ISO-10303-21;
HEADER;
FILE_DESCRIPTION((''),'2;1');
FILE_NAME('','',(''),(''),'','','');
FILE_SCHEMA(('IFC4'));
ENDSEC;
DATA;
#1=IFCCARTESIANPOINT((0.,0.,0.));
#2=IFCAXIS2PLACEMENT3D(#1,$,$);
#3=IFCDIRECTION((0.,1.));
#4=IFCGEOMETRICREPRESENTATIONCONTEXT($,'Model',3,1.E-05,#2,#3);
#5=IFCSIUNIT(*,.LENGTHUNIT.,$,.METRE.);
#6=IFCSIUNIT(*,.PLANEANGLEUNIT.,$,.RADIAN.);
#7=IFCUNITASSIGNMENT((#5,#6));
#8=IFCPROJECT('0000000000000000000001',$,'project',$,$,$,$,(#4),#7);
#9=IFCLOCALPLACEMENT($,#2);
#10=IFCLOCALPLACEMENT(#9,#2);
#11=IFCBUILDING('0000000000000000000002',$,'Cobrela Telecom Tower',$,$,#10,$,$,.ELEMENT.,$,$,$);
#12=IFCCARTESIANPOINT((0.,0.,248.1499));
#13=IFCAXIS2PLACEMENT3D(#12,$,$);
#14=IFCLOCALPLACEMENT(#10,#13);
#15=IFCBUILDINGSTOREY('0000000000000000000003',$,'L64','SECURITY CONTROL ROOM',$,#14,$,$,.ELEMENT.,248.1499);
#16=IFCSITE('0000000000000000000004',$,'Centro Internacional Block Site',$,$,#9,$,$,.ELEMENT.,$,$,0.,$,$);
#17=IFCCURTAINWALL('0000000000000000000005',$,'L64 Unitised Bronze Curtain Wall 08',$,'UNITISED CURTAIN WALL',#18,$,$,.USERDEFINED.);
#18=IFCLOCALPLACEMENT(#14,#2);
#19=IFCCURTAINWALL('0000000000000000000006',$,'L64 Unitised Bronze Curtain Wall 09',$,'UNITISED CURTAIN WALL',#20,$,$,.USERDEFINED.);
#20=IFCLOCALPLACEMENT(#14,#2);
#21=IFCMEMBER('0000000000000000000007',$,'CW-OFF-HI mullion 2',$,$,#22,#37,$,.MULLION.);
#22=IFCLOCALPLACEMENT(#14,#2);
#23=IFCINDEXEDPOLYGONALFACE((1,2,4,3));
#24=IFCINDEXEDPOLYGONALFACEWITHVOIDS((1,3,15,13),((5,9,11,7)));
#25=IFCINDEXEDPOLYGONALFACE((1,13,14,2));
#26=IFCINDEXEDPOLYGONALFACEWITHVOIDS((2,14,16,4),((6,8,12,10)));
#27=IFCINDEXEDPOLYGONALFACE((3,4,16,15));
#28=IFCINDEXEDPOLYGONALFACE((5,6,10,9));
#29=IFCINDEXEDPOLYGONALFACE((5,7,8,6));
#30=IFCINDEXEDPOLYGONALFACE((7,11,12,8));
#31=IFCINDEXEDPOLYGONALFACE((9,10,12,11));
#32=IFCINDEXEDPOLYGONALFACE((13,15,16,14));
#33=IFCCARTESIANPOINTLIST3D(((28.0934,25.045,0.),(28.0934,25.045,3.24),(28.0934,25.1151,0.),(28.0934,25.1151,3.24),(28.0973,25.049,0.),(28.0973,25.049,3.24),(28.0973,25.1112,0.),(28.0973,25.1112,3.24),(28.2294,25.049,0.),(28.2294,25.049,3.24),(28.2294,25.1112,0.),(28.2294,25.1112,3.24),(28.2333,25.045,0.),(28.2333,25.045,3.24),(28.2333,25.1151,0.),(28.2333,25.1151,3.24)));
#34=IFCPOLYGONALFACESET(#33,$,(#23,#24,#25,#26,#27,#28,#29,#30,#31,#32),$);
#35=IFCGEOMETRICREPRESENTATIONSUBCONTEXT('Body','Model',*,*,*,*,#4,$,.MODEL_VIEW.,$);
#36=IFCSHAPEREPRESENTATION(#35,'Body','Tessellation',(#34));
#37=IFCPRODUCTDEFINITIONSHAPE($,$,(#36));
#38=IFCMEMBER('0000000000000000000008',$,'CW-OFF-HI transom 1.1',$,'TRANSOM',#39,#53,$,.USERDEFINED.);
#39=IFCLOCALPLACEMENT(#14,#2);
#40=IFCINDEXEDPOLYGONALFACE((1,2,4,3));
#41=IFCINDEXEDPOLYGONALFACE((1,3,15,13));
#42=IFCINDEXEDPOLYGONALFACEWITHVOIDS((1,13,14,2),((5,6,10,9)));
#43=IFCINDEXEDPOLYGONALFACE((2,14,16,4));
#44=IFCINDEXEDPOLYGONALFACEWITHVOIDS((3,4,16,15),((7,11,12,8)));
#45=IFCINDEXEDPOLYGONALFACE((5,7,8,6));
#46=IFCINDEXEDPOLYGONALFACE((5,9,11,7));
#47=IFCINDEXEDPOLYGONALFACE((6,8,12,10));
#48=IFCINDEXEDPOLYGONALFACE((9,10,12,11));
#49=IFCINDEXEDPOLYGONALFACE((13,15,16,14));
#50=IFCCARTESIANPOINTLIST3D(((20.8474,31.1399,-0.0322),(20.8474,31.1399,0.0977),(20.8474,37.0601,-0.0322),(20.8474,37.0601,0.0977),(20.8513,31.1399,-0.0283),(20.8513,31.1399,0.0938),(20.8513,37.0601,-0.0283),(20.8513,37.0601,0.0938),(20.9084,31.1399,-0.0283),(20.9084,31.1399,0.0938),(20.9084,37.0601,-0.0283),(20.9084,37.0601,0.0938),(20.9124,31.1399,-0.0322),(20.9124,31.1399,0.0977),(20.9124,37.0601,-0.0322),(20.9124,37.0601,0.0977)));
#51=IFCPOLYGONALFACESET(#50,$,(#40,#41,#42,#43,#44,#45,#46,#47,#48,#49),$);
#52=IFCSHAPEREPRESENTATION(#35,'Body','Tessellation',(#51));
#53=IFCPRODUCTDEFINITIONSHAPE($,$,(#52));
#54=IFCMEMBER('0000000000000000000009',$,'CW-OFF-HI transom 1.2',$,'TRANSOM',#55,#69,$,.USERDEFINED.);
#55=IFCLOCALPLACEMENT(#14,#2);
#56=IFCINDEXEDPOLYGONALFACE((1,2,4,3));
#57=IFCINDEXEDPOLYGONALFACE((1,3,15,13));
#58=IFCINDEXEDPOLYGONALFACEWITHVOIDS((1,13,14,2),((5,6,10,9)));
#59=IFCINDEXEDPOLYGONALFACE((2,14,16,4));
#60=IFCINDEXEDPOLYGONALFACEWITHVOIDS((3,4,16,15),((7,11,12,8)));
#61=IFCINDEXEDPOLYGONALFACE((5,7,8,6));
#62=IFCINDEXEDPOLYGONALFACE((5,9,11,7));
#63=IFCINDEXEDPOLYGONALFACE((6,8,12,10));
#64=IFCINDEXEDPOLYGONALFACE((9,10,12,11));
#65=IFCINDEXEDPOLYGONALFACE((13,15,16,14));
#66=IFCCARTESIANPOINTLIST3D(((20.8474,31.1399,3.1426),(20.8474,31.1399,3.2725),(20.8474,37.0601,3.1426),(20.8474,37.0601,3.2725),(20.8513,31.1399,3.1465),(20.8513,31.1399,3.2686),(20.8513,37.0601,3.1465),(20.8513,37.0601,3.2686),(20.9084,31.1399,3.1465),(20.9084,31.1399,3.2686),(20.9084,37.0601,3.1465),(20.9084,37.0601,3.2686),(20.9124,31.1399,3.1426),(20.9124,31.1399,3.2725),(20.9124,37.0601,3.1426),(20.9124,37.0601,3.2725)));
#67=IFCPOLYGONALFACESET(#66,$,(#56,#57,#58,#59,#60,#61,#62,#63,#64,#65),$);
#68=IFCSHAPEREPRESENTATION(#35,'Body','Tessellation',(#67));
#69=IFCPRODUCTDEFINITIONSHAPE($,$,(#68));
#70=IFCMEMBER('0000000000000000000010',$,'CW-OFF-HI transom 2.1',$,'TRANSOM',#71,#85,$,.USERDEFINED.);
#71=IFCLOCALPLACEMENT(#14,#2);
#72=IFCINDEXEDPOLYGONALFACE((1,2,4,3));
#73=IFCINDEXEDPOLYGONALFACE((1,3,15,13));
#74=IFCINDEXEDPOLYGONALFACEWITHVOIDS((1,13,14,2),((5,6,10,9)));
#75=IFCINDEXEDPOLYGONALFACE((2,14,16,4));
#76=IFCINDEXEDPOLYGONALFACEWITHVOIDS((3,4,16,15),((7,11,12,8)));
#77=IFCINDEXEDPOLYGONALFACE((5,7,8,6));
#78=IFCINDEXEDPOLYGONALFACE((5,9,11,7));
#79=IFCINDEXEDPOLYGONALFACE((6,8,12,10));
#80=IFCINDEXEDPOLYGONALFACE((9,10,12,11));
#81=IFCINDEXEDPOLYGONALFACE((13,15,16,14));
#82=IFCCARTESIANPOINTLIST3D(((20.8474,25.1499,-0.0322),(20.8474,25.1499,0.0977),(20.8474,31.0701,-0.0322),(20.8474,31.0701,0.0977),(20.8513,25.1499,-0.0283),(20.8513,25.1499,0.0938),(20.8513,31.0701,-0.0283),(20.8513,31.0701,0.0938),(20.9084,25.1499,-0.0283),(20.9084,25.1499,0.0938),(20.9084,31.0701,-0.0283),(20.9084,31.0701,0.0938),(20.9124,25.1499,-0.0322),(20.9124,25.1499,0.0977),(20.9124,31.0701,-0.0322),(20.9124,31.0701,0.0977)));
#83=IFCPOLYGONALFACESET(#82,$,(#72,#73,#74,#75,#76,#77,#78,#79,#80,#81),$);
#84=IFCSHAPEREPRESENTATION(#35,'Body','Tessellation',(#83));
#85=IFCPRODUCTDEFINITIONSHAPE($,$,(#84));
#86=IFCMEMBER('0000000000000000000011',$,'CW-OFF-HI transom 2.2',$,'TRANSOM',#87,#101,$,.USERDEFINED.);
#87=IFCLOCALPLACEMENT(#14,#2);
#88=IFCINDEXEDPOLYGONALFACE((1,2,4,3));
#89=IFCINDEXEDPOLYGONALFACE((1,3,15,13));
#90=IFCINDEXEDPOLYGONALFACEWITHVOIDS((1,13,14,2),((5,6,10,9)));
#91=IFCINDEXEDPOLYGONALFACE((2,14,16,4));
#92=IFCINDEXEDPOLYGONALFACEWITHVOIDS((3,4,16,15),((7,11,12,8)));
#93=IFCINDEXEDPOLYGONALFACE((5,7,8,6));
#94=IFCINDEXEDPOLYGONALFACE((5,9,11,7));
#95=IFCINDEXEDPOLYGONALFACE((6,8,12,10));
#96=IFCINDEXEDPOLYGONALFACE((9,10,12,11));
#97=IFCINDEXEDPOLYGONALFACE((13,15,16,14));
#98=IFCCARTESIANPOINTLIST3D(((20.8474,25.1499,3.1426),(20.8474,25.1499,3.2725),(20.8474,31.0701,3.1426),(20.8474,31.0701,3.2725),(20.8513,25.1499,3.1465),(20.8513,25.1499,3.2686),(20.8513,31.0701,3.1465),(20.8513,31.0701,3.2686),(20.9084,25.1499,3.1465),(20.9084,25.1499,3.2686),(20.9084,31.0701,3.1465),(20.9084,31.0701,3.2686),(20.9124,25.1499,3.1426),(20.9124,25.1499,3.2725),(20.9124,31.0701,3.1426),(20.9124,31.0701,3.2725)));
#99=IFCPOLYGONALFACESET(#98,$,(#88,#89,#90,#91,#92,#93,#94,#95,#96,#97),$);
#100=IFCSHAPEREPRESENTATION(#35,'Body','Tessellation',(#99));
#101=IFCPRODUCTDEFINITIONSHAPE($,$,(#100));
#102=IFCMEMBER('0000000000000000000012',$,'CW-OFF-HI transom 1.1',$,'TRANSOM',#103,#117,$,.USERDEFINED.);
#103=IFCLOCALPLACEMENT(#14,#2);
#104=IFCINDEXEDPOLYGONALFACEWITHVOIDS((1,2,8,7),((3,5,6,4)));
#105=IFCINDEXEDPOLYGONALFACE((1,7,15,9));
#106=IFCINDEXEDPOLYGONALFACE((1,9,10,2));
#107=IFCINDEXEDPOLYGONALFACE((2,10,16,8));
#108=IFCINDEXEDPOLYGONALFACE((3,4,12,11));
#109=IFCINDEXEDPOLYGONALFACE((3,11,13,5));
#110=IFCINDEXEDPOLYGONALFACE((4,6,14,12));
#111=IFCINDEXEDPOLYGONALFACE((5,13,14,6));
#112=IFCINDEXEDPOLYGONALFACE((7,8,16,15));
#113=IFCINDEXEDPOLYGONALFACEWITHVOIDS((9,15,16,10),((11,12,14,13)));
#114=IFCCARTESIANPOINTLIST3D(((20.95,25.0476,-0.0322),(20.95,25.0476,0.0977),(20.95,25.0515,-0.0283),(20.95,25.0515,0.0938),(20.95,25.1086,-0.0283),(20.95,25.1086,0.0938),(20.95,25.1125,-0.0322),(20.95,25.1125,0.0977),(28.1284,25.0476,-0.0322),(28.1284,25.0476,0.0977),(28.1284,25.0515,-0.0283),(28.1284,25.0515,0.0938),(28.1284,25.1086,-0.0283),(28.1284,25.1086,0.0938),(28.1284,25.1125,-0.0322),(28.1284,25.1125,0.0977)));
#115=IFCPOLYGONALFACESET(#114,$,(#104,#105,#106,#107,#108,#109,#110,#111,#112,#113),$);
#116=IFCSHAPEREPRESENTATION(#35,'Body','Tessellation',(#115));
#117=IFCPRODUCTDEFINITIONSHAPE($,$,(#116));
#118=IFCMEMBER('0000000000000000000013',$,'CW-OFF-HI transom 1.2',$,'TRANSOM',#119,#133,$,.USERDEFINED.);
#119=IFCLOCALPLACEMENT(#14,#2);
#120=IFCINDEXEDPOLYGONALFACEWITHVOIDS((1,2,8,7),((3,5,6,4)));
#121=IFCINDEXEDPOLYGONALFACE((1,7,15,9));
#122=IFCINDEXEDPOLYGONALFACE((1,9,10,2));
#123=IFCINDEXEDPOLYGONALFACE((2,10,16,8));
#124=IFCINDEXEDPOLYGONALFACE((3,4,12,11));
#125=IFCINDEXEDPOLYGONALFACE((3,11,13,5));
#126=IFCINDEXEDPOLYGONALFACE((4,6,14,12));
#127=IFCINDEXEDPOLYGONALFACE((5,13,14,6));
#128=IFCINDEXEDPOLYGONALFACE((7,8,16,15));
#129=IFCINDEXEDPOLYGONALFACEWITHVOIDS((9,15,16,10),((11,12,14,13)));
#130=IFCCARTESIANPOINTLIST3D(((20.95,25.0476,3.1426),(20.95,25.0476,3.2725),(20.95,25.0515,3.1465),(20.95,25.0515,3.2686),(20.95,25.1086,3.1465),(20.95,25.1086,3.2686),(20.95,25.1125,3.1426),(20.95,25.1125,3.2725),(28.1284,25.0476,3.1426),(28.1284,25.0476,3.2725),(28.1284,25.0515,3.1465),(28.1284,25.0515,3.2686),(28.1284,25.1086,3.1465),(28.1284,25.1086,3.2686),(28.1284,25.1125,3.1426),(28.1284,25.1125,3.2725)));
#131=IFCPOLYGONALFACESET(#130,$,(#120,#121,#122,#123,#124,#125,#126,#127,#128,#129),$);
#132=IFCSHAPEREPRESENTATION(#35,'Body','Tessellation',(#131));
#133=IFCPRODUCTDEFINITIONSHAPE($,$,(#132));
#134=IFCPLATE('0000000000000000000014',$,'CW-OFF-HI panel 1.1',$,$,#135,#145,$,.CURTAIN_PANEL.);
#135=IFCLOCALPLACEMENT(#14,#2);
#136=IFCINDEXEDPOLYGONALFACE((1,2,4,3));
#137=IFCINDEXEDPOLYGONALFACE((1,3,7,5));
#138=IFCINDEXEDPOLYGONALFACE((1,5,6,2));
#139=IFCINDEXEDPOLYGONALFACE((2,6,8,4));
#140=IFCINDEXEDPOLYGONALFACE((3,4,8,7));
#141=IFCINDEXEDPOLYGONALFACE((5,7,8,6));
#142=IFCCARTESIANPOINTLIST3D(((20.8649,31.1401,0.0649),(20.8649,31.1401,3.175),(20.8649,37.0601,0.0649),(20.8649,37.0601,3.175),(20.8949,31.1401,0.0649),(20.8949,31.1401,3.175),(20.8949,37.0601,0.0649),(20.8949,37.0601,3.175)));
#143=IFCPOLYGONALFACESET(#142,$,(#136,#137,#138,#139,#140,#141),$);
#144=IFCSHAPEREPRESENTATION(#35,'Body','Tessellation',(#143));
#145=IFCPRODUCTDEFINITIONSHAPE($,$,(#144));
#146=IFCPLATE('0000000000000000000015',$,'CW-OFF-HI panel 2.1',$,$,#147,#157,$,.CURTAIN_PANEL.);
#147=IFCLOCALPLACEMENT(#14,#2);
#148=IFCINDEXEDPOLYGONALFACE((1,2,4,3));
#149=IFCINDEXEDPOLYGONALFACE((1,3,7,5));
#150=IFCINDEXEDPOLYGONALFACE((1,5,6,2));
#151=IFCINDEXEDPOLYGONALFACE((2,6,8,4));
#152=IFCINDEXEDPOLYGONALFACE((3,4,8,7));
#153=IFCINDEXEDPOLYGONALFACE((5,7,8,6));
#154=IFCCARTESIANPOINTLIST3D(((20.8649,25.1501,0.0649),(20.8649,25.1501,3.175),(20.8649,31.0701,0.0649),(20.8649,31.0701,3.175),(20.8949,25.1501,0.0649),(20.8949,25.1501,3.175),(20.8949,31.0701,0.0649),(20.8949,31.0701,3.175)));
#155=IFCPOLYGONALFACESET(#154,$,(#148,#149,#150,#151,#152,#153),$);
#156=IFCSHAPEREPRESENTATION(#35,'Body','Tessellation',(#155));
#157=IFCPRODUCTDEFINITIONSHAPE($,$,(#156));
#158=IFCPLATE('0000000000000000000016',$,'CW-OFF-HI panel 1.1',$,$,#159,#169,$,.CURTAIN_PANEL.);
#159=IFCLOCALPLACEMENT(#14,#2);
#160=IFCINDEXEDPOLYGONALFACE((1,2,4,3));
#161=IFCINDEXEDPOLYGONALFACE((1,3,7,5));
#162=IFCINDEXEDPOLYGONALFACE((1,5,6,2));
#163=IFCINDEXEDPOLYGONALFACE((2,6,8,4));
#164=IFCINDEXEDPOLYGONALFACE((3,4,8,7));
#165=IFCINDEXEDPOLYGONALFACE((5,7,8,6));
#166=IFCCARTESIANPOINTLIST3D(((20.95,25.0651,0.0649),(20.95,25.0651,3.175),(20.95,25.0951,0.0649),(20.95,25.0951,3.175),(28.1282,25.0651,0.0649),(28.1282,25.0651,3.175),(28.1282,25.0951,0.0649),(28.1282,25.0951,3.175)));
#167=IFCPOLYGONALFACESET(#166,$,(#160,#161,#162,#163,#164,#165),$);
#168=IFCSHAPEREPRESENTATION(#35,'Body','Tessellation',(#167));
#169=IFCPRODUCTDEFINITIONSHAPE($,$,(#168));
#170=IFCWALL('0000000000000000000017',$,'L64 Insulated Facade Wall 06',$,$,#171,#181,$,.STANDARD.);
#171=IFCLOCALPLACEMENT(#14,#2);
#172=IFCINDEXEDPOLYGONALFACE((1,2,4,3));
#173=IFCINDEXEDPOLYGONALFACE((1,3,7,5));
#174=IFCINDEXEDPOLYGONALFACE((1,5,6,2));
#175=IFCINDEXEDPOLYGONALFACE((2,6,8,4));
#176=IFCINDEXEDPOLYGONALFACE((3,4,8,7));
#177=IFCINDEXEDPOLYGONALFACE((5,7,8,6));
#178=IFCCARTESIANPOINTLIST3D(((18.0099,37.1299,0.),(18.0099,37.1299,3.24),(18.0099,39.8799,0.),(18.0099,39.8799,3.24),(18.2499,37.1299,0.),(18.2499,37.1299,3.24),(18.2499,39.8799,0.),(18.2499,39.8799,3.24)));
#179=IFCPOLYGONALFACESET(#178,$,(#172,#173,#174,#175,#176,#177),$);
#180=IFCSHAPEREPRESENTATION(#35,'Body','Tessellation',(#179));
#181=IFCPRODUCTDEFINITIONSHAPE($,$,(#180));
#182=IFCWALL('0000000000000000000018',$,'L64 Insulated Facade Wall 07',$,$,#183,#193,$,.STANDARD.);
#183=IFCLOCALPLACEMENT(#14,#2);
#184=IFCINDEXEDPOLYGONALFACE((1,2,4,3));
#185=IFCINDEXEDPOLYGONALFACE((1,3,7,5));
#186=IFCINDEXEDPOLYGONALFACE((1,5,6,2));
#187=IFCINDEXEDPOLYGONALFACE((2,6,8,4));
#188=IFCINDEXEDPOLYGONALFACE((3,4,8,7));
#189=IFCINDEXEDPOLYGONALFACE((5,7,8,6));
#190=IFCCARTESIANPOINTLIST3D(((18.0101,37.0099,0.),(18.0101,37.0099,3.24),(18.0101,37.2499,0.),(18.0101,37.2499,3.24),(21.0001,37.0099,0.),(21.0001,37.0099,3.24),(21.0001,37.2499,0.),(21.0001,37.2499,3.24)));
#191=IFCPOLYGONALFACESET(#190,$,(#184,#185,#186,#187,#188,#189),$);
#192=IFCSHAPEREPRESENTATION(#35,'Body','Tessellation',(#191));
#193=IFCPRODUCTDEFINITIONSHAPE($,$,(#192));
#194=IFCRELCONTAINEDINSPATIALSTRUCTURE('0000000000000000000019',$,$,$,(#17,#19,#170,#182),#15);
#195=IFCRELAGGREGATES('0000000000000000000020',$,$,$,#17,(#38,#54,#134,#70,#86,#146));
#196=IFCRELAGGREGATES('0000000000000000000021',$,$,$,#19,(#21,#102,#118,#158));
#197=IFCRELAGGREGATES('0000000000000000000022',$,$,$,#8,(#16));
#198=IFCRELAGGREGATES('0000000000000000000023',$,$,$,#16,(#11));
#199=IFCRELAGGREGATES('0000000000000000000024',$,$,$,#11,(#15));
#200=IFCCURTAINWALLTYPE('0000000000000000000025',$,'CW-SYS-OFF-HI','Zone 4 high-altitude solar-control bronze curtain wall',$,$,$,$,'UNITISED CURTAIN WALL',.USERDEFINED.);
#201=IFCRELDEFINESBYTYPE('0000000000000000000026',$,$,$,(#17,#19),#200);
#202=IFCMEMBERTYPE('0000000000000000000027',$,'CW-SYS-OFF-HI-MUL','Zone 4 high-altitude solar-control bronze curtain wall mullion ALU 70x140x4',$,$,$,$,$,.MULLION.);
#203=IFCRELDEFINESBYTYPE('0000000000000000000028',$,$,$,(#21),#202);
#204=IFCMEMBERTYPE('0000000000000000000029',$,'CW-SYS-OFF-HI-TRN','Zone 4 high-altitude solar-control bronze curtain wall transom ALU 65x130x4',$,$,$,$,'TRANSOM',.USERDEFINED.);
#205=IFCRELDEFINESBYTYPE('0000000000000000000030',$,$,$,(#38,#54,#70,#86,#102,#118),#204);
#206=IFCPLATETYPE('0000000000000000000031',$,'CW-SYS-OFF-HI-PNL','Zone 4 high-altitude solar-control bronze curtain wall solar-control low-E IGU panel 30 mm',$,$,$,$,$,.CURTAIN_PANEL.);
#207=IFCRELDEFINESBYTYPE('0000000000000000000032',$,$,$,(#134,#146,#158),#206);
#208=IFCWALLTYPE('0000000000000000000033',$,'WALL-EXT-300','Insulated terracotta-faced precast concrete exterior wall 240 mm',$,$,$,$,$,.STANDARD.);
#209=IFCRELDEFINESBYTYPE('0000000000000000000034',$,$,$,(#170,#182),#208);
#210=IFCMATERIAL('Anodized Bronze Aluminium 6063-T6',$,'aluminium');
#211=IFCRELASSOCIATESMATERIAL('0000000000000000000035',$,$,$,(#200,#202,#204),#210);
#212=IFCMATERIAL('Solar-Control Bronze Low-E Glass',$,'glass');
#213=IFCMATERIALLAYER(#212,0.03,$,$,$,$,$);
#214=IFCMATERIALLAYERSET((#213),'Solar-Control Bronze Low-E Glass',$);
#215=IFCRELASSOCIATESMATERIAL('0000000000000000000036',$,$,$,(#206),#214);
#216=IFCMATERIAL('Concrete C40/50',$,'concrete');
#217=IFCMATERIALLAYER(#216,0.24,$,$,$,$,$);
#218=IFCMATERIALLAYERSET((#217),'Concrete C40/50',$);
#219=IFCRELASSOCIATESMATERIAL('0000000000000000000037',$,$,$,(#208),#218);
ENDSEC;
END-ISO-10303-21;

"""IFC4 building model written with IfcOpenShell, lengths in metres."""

from ifc_helpers import new_model, si_unit, direction, frame, frame_2d, origin, origin_2d, place, context, subcontext, project, spatial, rectangle, hollow_rectangle, extrude, material, layer, layer_set, material_profile, profile_set, type_object, element, aggregate, save


model = new_model("IFC4")

# Units and contexts
model_context = context("Model", 3, precision=1e-05, world=origin(), true_north=direction((0.0, 1.0)))
body_context = subcontext(model_context, "Body", "Model", "MODEL_VIEW")
ifc_project = project(units=[si_unit("LENGTHUNIT", "METRE"), si_unit("PLANEANGLEUNIT", "RADIAN")], contexts=[model_context])

# Site, building, storey
site_placement = place(None, origin())
site = spatial("IfcSite", under=ifc_project, at=site_placement, Name="Centro Internacional Block Site", CompositionType="ELEMENT", RefElevation=0.0)
building_placement = place(site_placement, origin())
building = spatial("IfcBuilding", under=site, at=building_placement, Name="Cobrela Telecom Tower", CompositionType="ELEMENT")
storey_placement = place(building_placement, frame((0.0, 0.0, 248.1499)))
storey = spatial("IfcBuildingStorey", under=building, at=storey_placement, Name="L64", Description="SECURITY CONTROL ROOM", CompositionType="ELEMENT", Elevation=248.1499)

# Shared definitions
ifc_material_1 = material(Name="Anodized Bronze Aluminium 6063-T6", Category="aluminium")
curtain_wall_type = type_object("IfcCurtainWallType", Name="CW-SYS-OFF-HI", Description="Zone 4 high-altitude solar-control bronze curtain wall", ElementType="UNITISED CURTAIN WALL", PredefinedType="USERDEFINED", material=ifc_material_1)
ifc_material_profile_1 = material_profile(ifc_material_1, hollow_rectangle(XDim=0.0701, YDim=0.1399, WallThickness=0.0039, at=origin_2d()), Name="ALU 70x140x4")
ifc_profile_set_1 = profile_set([ifc_material_profile_1], Name="Anodized Bronze Aluminium 6063-T6")
member_type_1 = type_object("IfcMemberType", Name="CW-SYS-OFF-HI-MUL", Description="Zone 4 high-altitude solar-control bronze curtain wall mullion ALU 70x140x4", PredefinedType="MULLION", material=ifc_profile_set_1)

# Curtain walls, member
curtain_wall_1_placement = place(storey_placement, origin())
curtain_wall_1 = element("IfcCurtainWall", 1, at=curtain_wall_1_placement, inside=storey, type_object=curtain_wall_type, Name="L64 Unitised Bronze Curtain Wall 08", ObjectType="UNITISED CURTAIN WALL", PredefinedType="USERDEFINED")
curtain_wall_2_placement = place(storey_placement, origin())
curtain_wall_2 = element("IfcCurtainWall", 2, at=curtain_wall_2_placement, inside=storey, type_object=curtain_wall_type, Name="L64 Unitised Bronze Curtain Wall 09", ObjectType="UNITISED CURTAIN WALL", PredefinedType="USERDEFINED")
member_1_placement = place(storey_placement, frame((28.1633, 25.0801, 0.0), z_axis=(0.0, 0.0, 1.0), x_axis=(0.0, 1.0, 0.0)))
member_1 = element("IfcMember", 3, at=member_1_placement, type_object=member_type_1, Name="CW-OFF-HI mullion 2", PredefinedType="MULLION", context=body_context, shape_type="SweptSolid", body=[
    extrude(hollow_rectangle(XDim=0.0701, YDim=0.1399, WallThickness=0.0039, at=origin_2d()), origin(), (0.0, 0.0, 1.0), 3.24),
])

# Members
ifc_material_profile_2 = material_profile(ifc_material_1, hollow_rectangle(XDim=0.0649, YDim=0.1299, WallThickness=0.0039, at=origin_2d()), Name="ALU 65x130x4")
ifc_profile_set_2 = profile_set([ifc_material_profile_2], Name="Anodized Bronze Aluminium 6063-T6")
member_type_2 = type_object("IfcMemberType", Name="CW-SYS-OFF-HI-TRN", Description="Zone 4 high-altitude solar-control bronze curtain wall transom ALU 65x130x4", ElementType="TRANSOM", PredefinedType="USERDEFINED", material=ifc_profile_set_2)
member_2_placement = place(storey_placement, frame((20.8799, 37.0601, 0.0327), z_axis=(0.0, -1.0, 0.0), x_axis=(1.0, 0.0, 0.0)))
member_2 = element("IfcMember", 4, at=member_2_placement, type_object=member_type_2, Name="CW-OFF-HI transom 1.1", ObjectType="TRANSOM", PredefinedType="USERDEFINED", context=body_context, shape_type="SweptSolid", body=[
    extrude(hollow_rectangle(XDim=0.0649, YDim=0.1299, WallThickness=0.0039, at=origin_2d()), origin(), (0.0, 0.0, 1.0), 5.9202),
])
member_3_placement = place(storey_placement, frame((20.8799, 37.0601, 3.2075), z_axis=(0.0, -1.0, 0.0), x_axis=(1.0, 0.0, 0.0)))
member_3 = element("IfcMember", 5, at=member_3_placement, type_object=member_type_2, Name="CW-OFF-HI transom 1.2", ObjectType="TRANSOM", PredefinedType="USERDEFINED", context=body_context, shape_type="SweptSolid", body=[
    extrude(hollow_rectangle(XDim=0.0649, YDim=0.1299, WallThickness=0.0039, at=origin_2d()), origin(), (0.0, 0.0, 1.0), 5.9202),
])
member_4_placement = place(storey_placement, frame((20.8799, 31.0701, 0.0327), z_axis=(0.0, -1.0, 0.0), x_axis=(1.0, 0.0, 0.0)))
member_4 = element("IfcMember", 6, at=member_4_placement, type_object=member_type_2, Name="CW-OFF-HI transom 2.1", ObjectType="TRANSOM", PredefinedType="USERDEFINED", context=body_context, shape_type="SweptSolid", body=[
    extrude(hollow_rectangle(XDim=0.0649, YDim=0.1299, WallThickness=0.0039, at=origin_2d()), origin(), (0.0, 0.0, 1.0), 5.9202),
])
member_5_placement = place(storey_placement, frame((20.8799, 31.0701, 3.2075), z_axis=(0.0, -1.0, 0.0), x_axis=(1.0, 0.0, 0.0)))
member_5 = element("IfcMember", 7, at=member_5_placement, type_object=member_type_2, Name="CW-OFF-HI transom 2.2", ObjectType="TRANSOM", PredefinedType="USERDEFINED", context=body_context, shape_type="SweptSolid", body=[
    extrude(hollow_rectangle(XDim=0.0649, YDim=0.1299, WallThickness=0.0039, at=origin_2d()), origin(), (0.0, 0.0, 1.0), 5.9202),
])
member_6_placement = place(storey_placement, frame((20.95, 25.0801, 0.0327), z_axis=(1.0, 0.0, 0.0), x_axis=(0.0, 1.0, 0.0)))
member_6 = element("IfcMember", 8, at=member_6_placement, type_object=member_type_2, Name="CW-OFF-HI transom 1.1", ObjectType="TRANSOM", PredefinedType="USERDEFINED", context=body_context, shape_type="SweptSolid", body=[
    extrude(hollow_rectangle(XDim=0.0649, YDim=0.1299, WallThickness=0.0039, at=origin_2d()), origin(), (0.0, 0.0, 1.0), 7.1785),
])
member_7_placement = place(storey_placement, frame((20.95, 25.0801, 3.2075), z_axis=(1.0, 0.0, 0.0), x_axis=(0.0, 1.0, 0.0)))
member_7 = element("IfcMember", 9, at=member_7_placement, type_object=member_type_2, Name="CW-OFF-HI transom 1.2", ObjectType="TRANSOM", PredefinedType="USERDEFINED", context=body_context, shape_type="SweptSolid", body=[
    extrude(hollow_rectangle(XDim=0.0649, YDim=0.1299, WallThickness=0.0039, at=origin_2d()), origin(), (0.0, 0.0, 1.0), 7.1785),
])

# Plates
ifc_material_2 = material(Name="Solar-Control Bronze Low-E Glass", Category="glass")
ifc_layer_1 = layer(ifc_material_2, 0.03)
ifc_layer_set_1 = layer_set([ifc_layer_1], Name="Solar-Control Bronze Low-E Glass")
plate_type = type_object("IfcPlateType", Name="CW-SYS-OFF-HI-PNL", Description="Zone 4 high-altitude solar-control bronze curtain wall solar-control low-E IGU panel 30 mm", PredefinedType="CURTAIN_PANEL", material=ifc_layer_set_1)
plate_1_placement = place(storey_placement, frame((20.8799, 34.1001, 0.0649), z_axis=(0.0, 0.0, 1.0), x_axis=(0.0, -1.0, 0.0)))
plate_1 = element("IfcPlate", 10, at=plate_1_placement, type_object=plate_type, Name="CW-OFF-HI panel 1.1", PredefinedType="CURTAIN_PANEL", context=body_context, shape_type="SweptSolid", body=[
    extrude(rectangle(XDim=5.9199, YDim=0.03, at=origin_2d()), origin(), (0.0, 0.0, 1.0), 3.1101),
])
plate_2_placement = place(storey_placement, frame((20.8799, 28.1101, 0.0649), z_axis=(0.0, 0.0, 1.0), x_axis=(0.0, -1.0, 0.0)))
plate_2 = element("IfcPlate", 11, at=plate_2_placement, type_object=plate_type, Name="CW-OFF-HI panel 2.1", PredefinedType="CURTAIN_PANEL", context=body_context, shape_type="SweptSolid", body=[
    extrude(rectangle(XDim=5.9199, YDim=0.03, at=origin_2d()), origin(), (0.0, 0.0, 1.0), 3.1101),
])
aggregate(curtain_wall_1, [member_2, member_3, plate_1, member_4, member_5, plate_2])
plate_3_placement = place(storey_placement, frame((24.5391, 25.0801, 0.0649), z_axis=(0.0, 0.0, 1.0), x_axis=(1.0, 0.0, 0.0)))
plate_3 = element("IfcPlate", 12, at=plate_3_placement, type_object=plate_type, Name="CW-OFF-HI panel 1.1", PredefinedType="CURTAIN_PANEL", context=body_context, shape_type="SweptSolid", body=[
    extrude(rectangle(XDim=7.1782, YDim=0.03, at=origin_2d()), origin(), (0.0, 0.0, 1.0), 3.1101),
])
aggregate(curtain_wall_2, [member_1, member_6, member_7, plate_3])

# Walls
ifc_material_3 = material(Name="Concrete C40/50", Category="concrete")
ifc_layer_2 = layer(ifc_material_3, 0.24)
ifc_layer_set_2 = layer_set([ifc_layer_2], Name="Concrete C40/50")
wall_type_1 = type_object("IfcWallType", Name="WALL-EXT-300", Description="Insulated terracotta-faced precast concrete exterior wall 240 mm", PredefinedType="STANDARD", material=ifc_layer_set_2)
wall_1_placement = place(storey_placement, frame((18.1299, 39.8799, 0.0), z_axis=(0.0, 0.0, 1.0), x_axis=(0.0, -1.0, 0.0)))
element("IfcWall", 13, at=wall_1_placement, inside=storey, type_object=wall_type_1, Name="L64 Insulated Facade Wall 06", PredefinedType="STANDARD", context=body_context, shape_type="SweptSolid", body=[
    extrude(rectangle(XDim=2.75, YDim=0.24, at=frame_2d((1.375, 0.0))), origin(), (0.0, 0.0, 1.0), 3.24),
])
wall_2_placement = place(storey_placement, frame((18.01, 37.1299, 0.0), z_axis=(0.0, 0.0, 1.0), x_axis=(1.0, 0.0, 0.0)))
element("IfcWall", 14, at=wall_2_placement, inside=storey, type_object=wall_type_1, Name="L64 Insulated Facade Wall 07", PredefinedType="STANDARD", context=body_context, shape_type="SweptSolid", body=[
    extrude(rectangle(XDim=2.99, YDim=0.24, at=frame_2d((1.4951, 0.0))), origin(), (0.0, 0.0, 1.0), 3.24),
])

save(model, "model.ifc")
